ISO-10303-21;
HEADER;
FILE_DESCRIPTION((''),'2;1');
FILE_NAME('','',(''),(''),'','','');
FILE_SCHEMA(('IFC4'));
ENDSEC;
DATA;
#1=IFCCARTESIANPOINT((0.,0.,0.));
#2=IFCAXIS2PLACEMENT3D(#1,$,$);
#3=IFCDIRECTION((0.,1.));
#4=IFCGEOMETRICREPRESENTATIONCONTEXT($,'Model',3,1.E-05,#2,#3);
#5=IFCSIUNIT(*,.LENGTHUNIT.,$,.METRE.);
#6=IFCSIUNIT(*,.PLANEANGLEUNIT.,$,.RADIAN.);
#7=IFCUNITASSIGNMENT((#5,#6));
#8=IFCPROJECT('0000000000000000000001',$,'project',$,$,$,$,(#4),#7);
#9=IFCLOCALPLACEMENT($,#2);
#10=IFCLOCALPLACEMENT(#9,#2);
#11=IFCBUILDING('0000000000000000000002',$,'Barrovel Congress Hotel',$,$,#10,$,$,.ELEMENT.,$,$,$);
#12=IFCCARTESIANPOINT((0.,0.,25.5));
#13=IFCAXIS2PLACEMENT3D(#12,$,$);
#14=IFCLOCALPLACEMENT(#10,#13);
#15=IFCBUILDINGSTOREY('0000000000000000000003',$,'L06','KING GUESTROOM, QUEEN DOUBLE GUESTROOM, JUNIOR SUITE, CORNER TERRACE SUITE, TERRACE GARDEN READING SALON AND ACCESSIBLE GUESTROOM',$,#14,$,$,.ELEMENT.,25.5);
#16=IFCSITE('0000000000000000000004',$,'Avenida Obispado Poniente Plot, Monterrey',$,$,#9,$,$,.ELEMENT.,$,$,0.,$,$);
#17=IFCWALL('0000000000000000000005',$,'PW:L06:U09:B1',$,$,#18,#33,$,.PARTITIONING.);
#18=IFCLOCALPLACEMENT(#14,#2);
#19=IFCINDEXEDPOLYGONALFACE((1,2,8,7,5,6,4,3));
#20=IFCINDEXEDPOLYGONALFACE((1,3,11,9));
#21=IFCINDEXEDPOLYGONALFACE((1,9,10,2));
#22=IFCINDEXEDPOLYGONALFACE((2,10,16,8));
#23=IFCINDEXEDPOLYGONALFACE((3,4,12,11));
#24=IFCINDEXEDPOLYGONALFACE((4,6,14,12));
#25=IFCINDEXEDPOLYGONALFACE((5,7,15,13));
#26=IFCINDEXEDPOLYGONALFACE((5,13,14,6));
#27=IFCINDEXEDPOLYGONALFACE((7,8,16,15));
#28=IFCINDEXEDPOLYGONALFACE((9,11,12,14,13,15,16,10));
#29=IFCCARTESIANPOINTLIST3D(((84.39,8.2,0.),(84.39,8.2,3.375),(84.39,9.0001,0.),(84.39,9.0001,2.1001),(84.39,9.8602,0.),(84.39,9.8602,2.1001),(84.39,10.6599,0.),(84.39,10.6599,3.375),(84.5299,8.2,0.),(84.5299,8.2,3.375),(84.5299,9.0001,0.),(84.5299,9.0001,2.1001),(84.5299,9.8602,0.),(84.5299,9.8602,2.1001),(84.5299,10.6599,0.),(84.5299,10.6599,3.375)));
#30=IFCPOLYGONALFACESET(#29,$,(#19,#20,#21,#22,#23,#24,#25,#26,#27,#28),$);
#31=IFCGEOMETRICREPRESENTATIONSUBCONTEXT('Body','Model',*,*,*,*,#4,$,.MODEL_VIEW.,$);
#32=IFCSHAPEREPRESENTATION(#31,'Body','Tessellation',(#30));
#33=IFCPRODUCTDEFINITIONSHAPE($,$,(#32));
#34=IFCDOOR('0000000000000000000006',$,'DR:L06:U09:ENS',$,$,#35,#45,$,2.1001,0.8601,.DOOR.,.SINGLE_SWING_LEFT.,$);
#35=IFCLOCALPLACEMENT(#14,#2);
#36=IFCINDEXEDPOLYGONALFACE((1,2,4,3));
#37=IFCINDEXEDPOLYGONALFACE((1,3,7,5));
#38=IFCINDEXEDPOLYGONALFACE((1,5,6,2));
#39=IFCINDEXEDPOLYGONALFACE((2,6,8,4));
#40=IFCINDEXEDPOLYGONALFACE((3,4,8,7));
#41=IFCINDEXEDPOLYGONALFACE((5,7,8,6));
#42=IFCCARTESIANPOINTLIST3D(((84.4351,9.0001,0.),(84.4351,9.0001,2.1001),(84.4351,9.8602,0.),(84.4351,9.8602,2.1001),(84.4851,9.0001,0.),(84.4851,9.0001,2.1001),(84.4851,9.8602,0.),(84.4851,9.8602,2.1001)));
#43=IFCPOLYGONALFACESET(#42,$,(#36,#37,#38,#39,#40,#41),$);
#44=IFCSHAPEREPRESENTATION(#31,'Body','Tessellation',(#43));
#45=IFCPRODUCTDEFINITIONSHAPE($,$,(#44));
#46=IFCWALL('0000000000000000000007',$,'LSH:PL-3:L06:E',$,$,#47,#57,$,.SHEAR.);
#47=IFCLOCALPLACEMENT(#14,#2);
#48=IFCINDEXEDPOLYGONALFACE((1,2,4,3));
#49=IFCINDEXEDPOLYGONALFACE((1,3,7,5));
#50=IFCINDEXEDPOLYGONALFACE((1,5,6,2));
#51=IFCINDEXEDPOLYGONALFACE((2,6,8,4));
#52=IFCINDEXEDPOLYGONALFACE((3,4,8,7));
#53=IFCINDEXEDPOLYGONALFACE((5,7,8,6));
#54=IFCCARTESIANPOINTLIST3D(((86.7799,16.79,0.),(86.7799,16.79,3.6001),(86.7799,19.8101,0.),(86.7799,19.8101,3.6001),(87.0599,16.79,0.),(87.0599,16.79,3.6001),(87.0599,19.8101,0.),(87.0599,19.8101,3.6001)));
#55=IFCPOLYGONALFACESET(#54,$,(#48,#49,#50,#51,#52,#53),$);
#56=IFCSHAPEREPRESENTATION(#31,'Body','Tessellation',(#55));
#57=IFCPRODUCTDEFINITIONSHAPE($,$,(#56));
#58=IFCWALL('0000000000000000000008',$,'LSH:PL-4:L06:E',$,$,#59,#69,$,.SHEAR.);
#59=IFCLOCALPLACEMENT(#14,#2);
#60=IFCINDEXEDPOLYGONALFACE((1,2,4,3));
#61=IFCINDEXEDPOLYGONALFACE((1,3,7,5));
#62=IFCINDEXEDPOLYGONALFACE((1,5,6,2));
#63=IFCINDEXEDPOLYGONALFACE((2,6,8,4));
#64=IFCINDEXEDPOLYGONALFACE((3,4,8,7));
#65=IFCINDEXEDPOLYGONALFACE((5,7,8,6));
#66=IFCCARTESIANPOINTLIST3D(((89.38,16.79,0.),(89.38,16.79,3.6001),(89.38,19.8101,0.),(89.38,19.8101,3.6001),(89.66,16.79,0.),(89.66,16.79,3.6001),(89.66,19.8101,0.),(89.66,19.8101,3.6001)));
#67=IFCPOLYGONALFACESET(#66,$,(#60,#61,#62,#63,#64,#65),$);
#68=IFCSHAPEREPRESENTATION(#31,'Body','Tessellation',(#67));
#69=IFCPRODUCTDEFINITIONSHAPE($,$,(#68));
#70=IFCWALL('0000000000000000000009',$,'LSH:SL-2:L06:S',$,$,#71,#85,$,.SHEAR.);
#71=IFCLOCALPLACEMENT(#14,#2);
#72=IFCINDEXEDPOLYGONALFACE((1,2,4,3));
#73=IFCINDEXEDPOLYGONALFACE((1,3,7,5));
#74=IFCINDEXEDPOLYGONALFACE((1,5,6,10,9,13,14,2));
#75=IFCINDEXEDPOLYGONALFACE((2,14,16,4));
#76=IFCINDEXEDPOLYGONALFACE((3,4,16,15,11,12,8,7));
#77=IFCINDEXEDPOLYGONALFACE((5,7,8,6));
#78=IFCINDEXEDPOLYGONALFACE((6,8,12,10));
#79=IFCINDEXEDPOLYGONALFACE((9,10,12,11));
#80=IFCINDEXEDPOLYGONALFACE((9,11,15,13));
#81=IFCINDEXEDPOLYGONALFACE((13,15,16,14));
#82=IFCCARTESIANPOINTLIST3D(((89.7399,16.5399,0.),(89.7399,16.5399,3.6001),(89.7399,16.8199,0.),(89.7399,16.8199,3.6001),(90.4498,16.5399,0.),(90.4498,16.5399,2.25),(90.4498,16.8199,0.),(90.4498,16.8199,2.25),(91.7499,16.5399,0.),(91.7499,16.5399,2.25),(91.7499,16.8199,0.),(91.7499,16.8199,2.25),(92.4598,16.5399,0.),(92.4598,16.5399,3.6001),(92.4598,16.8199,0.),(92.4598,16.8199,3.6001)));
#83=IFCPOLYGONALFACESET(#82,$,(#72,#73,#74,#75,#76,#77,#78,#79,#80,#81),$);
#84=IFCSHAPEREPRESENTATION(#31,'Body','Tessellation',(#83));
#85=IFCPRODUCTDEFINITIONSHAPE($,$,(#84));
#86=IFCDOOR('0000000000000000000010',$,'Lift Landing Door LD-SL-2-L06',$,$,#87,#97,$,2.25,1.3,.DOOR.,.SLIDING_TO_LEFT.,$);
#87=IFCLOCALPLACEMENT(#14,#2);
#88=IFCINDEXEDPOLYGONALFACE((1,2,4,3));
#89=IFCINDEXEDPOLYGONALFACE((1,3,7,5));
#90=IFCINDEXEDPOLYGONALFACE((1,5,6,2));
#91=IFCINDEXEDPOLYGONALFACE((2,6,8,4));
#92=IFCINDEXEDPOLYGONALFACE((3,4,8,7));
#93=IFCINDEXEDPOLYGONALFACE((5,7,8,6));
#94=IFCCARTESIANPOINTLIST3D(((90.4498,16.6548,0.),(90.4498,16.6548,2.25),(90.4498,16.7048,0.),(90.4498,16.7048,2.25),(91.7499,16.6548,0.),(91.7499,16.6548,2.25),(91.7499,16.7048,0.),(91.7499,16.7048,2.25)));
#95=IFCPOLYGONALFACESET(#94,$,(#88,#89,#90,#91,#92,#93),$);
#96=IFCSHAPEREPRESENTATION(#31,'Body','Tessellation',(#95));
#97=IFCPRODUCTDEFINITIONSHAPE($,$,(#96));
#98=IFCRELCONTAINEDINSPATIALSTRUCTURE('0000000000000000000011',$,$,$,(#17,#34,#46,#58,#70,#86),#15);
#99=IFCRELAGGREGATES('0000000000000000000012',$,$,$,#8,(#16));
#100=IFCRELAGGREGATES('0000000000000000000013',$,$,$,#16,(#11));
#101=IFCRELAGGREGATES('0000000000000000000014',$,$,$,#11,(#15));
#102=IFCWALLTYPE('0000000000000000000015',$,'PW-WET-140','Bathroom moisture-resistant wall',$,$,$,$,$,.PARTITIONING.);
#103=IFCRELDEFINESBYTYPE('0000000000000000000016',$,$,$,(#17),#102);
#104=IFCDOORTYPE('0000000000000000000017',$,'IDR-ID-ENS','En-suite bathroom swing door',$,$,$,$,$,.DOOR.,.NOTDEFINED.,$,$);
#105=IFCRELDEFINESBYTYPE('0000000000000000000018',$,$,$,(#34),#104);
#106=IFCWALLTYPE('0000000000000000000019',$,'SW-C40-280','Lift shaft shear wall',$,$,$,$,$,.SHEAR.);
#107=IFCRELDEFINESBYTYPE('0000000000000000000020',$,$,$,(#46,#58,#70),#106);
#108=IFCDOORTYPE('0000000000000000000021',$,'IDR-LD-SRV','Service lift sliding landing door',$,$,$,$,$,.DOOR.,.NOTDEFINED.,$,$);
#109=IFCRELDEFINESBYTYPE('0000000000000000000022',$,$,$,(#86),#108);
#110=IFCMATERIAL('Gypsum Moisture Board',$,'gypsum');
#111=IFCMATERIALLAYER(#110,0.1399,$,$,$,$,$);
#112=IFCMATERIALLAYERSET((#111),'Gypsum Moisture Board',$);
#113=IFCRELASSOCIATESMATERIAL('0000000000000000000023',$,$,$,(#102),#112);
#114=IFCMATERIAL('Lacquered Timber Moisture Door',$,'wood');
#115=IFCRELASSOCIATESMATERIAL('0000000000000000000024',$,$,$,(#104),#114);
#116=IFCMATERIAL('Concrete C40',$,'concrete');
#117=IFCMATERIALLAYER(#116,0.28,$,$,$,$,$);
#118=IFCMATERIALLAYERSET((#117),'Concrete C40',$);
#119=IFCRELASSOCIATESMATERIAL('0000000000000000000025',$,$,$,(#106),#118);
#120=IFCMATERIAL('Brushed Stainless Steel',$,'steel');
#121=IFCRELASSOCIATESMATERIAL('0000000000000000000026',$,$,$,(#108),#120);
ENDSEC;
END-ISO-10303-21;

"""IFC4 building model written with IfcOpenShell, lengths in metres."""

from ifc_helpers import new_model, si_unit, direction, frame, frame_2d, origin, place, context, subcontext, project, spatial, rectangle, extrude, material, layer, layer_set, type_object, element, fill, save


model = new_model("IFC4")

# Units and contexts
model_context = context("Model", 3, precision=1e-05, world=origin(), true_north=direction((0.0, 1.0)))
body_context = subcontext(model_context, "Body", "Model", "MODEL_VIEW")
ifc_project = project(units=[si_unit("LENGTHUNIT", "METRE"), si_unit("PLANEANGLEUNIT", "RADIAN")], contexts=[model_context])

# Site, building, storey
site_placement = place(None, origin())
site = spatial("IfcSite", under=ifc_project, at=site_placement, Name="Avenida Obispado Poniente Plot, Monterrey", CompositionType="ELEMENT", RefElevation=0.0)
building_placement = place(site_placement, origin())
building = spatial("IfcBuilding", under=site, at=building_placement, Name="Barrovel Congress Hotel", CompositionType="ELEMENT")
storey_placement = place(building_placement, frame((0.0, 0.0, 25.5)))
storey = spatial("IfcBuildingStorey", under=building, at=storey_placement, Name="L06", Description="KING GUESTROOM, QUEEN DOUBLE GUESTROOM, JUNIOR SUITE, CORNER TERRACE SUITE, TERRACE GARDEN READING SALON AND ACCESSIBLE GUESTROOM", CompositionType="ELEMENT", Elevation=25.5)

# Shared definitions
ifc_material_1 = material(Name="Concrete C40", Category="concrete")

# Wall, opening, door
ifc_material_2 = material(Name="Gypsum Moisture Board", Category="gypsum")
ifc_layer_1 = layer(ifc_material_2, 0.1399)
ifc_layer_set_1 = layer_set([ifc_layer_1], Name="Gypsum Moisture Board")
wall_type_1 = type_object("IfcWallType", Name="PW-WET-140", Description="Bathroom moisture-resistant wall", PredefinedType="PARTITIONING", material=ifc_layer_set_1)
wall_1_placement = place(storey_placement, frame((84.46, 8.2, 0.0), z_axis=(0.0, 0.0, 1.0), x_axis=(0.0, 1.0, 0.0)))
wall_1 = element("IfcWall", 1, at=wall_1_placement, inside=storey, type_object=wall_type_1, Name="PW:L06:U09:B1", PredefinedType="PARTITIONING", context=body_context, shape_type="SweptSolid", body=[
    extrude(rectangle(XDim=2.46, YDim=0.1399, at=frame_2d((1.23, 0.0))), origin(), (0.0, 0.0, 1.0), 3.375),
])
opening_1_placement = place(wall_1_placement, frame((0.8, 0.0, 0.0)))
opening_1 = element("IfcOpeningElement", 2, at=opening_1_placement, cuts=wall_1, PredefinedType="OPENING", context=body_context, shape_type="SweptSolid", body=[
    extrude(rectangle(XDim=0.8601, YDim=2.1001, at=frame_2d((0.4302, 1.05))), frame((0.0, 0.0801, 0.0), z_axis=(0.0, -1.0, 0.0), x_axis=(1.0, 0.0, 0.0)), (0.0, 0.0, 1.0), 0.1599),
])
ifc_material_3 = material(Name="Lacquered Timber Moisture Door", Category="wood")
door_type_1 = type_object("IfcDoorType", Name="IDR-ID-ENS", Description="En-suite bathroom swing door", OperationType="NOTDEFINED", PredefinedType="DOOR", material=ifc_material_3)
door_1_placement = place(opening_1_placement, origin())
door_1 = element("IfcDoor", 3, at=door_1_placement, inside=storey, type_object=door_type_1, Name="DR:L06:U09:ENS", OperationType="SINGLE_SWING_LEFT", OverallHeight=2.1001, OverallWidth=0.8601, PredefinedType="DOOR", context=body_context, shape_type="SweptSolid", body=[
    extrude(rectangle(XDim=0.8601, YDim=2.1001, at=frame_2d((0.4302, 1.05))), frame((0.0, 0.0249, 0.0), z_axis=(0.0, -1.0, 0.0), x_axis=(1.0, 0.0, 0.0)), (0.0, 0.0, 1.0), 0.05),
])
fill(opening_1, door_1)

# Walls
ifc_layer_2 = layer(ifc_material_1, 0.28)
ifc_layer_set_2 = layer_set([ifc_layer_2], Name="Concrete C40")
wall_type_2 = type_object("IfcWallType", Name="SW-C40-280", Description="Lift shaft shear wall", PredefinedType="SHEAR", material=ifc_layer_set_2)
for number, where, z_axis, x_axis, name in (
    (4, (86.9199, 16.79, 0.0), (0.0, 0.0, 1.0), (0.0, 1.0, 0.0), "LSH:PL-3:L06:E"),
    (5, (89.52, 16.79, 0.0), (0.0, 0.0, 1.0), (0.0, 1.0, 0.0), "LSH:PL-4:L06:E"),
):
    element("IfcWall", number, at=place(storey_placement, frame(where, z_axis=z_axis, x_axis=x_axis)), inside=storey, type_object=wall_type_2, Name=name, PredefinedType="SHEAR", context=body_context, shape_type="SweptSolid", body=[
        extrude(rectangle(XDim=3.02, YDim=0.28, at=frame_2d((1.51, 0.0))), origin(), (0.0, 0.0, 1.0), 3.6001),
    ])

# Wall, opening, door
wall_2_placement = place(storey_placement, frame((89.74, 16.6799, 0.0), z_axis=(0.0, 0.0, 1.0), x_axis=(1.0, 0.0, 0.0)))
wall_2 = element("IfcWall", 6, at=wall_2_placement, inside=storey, type_object=wall_type_2, Name="LSH:SL-2:L06:S", PredefinedType="SHEAR", context=body_context, shape_type="SweptSolid", body=[
    extrude(rectangle(XDim=2.72, YDim=0.28, at=frame_2d((1.3599, 0.0))), origin(), (0.0, 0.0, 1.0), 3.6001),
])
opening_2_placement = place(wall_2_placement, frame((0.71, 0.0, 0.0)))
opening_2 = element("IfcOpeningElement", 7, at=opening_2_placement, cuts=wall_2, PredefinedType="OPENING", context=body_context, shape_type="SweptSolid", body=[
    extrude(rectangle(XDim=1.3, YDim=2.25, at=frame_2d((0.6499, 1.125))), frame((0.0, 0.1499, 0.0), z_axis=(0.0, -1.0, 0.0), x_axis=(1.0, 0.0, 0.0)), (0.0, 0.0, 1.0), 0.3),
])
ifc_material_4 = material(Name="Brushed Stainless Steel", Category="steel")
door_type_2 = type_object("IfcDoorType", Name="IDR-LD-SRV", Description="Service lift sliding landing door", OperationType="NOTDEFINED", PredefinedType="DOOR", material=ifc_material_4)
door_2_placement = place(opening_2_placement, origin())
door_2 = element("IfcDoor", 8, at=door_2_placement, inside=storey, type_object=door_type_2, Name="Lift Landing Door LD-SL-2-L06", OperationType="SLIDING_TO_LEFT", OverallHeight=2.25, OverallWidth=1.3, PredefinedType="DOOR", context=body_context, shape_type="SweptSolid", body=[
    extrude(rectangle(XDim=1.3, YDim=2.25, at=frame_2d((0.6499, 1.125))), frame((0.0, 0.0249, 0.0), z_axis=(0.0, -1.0, 0.0), x_axis=(1.0, 0.0, 0.0)), (0.0, 0.0, 1.0), 0.05),
])
fill(opening_2, door_2)

save(model, "model.ifc")
